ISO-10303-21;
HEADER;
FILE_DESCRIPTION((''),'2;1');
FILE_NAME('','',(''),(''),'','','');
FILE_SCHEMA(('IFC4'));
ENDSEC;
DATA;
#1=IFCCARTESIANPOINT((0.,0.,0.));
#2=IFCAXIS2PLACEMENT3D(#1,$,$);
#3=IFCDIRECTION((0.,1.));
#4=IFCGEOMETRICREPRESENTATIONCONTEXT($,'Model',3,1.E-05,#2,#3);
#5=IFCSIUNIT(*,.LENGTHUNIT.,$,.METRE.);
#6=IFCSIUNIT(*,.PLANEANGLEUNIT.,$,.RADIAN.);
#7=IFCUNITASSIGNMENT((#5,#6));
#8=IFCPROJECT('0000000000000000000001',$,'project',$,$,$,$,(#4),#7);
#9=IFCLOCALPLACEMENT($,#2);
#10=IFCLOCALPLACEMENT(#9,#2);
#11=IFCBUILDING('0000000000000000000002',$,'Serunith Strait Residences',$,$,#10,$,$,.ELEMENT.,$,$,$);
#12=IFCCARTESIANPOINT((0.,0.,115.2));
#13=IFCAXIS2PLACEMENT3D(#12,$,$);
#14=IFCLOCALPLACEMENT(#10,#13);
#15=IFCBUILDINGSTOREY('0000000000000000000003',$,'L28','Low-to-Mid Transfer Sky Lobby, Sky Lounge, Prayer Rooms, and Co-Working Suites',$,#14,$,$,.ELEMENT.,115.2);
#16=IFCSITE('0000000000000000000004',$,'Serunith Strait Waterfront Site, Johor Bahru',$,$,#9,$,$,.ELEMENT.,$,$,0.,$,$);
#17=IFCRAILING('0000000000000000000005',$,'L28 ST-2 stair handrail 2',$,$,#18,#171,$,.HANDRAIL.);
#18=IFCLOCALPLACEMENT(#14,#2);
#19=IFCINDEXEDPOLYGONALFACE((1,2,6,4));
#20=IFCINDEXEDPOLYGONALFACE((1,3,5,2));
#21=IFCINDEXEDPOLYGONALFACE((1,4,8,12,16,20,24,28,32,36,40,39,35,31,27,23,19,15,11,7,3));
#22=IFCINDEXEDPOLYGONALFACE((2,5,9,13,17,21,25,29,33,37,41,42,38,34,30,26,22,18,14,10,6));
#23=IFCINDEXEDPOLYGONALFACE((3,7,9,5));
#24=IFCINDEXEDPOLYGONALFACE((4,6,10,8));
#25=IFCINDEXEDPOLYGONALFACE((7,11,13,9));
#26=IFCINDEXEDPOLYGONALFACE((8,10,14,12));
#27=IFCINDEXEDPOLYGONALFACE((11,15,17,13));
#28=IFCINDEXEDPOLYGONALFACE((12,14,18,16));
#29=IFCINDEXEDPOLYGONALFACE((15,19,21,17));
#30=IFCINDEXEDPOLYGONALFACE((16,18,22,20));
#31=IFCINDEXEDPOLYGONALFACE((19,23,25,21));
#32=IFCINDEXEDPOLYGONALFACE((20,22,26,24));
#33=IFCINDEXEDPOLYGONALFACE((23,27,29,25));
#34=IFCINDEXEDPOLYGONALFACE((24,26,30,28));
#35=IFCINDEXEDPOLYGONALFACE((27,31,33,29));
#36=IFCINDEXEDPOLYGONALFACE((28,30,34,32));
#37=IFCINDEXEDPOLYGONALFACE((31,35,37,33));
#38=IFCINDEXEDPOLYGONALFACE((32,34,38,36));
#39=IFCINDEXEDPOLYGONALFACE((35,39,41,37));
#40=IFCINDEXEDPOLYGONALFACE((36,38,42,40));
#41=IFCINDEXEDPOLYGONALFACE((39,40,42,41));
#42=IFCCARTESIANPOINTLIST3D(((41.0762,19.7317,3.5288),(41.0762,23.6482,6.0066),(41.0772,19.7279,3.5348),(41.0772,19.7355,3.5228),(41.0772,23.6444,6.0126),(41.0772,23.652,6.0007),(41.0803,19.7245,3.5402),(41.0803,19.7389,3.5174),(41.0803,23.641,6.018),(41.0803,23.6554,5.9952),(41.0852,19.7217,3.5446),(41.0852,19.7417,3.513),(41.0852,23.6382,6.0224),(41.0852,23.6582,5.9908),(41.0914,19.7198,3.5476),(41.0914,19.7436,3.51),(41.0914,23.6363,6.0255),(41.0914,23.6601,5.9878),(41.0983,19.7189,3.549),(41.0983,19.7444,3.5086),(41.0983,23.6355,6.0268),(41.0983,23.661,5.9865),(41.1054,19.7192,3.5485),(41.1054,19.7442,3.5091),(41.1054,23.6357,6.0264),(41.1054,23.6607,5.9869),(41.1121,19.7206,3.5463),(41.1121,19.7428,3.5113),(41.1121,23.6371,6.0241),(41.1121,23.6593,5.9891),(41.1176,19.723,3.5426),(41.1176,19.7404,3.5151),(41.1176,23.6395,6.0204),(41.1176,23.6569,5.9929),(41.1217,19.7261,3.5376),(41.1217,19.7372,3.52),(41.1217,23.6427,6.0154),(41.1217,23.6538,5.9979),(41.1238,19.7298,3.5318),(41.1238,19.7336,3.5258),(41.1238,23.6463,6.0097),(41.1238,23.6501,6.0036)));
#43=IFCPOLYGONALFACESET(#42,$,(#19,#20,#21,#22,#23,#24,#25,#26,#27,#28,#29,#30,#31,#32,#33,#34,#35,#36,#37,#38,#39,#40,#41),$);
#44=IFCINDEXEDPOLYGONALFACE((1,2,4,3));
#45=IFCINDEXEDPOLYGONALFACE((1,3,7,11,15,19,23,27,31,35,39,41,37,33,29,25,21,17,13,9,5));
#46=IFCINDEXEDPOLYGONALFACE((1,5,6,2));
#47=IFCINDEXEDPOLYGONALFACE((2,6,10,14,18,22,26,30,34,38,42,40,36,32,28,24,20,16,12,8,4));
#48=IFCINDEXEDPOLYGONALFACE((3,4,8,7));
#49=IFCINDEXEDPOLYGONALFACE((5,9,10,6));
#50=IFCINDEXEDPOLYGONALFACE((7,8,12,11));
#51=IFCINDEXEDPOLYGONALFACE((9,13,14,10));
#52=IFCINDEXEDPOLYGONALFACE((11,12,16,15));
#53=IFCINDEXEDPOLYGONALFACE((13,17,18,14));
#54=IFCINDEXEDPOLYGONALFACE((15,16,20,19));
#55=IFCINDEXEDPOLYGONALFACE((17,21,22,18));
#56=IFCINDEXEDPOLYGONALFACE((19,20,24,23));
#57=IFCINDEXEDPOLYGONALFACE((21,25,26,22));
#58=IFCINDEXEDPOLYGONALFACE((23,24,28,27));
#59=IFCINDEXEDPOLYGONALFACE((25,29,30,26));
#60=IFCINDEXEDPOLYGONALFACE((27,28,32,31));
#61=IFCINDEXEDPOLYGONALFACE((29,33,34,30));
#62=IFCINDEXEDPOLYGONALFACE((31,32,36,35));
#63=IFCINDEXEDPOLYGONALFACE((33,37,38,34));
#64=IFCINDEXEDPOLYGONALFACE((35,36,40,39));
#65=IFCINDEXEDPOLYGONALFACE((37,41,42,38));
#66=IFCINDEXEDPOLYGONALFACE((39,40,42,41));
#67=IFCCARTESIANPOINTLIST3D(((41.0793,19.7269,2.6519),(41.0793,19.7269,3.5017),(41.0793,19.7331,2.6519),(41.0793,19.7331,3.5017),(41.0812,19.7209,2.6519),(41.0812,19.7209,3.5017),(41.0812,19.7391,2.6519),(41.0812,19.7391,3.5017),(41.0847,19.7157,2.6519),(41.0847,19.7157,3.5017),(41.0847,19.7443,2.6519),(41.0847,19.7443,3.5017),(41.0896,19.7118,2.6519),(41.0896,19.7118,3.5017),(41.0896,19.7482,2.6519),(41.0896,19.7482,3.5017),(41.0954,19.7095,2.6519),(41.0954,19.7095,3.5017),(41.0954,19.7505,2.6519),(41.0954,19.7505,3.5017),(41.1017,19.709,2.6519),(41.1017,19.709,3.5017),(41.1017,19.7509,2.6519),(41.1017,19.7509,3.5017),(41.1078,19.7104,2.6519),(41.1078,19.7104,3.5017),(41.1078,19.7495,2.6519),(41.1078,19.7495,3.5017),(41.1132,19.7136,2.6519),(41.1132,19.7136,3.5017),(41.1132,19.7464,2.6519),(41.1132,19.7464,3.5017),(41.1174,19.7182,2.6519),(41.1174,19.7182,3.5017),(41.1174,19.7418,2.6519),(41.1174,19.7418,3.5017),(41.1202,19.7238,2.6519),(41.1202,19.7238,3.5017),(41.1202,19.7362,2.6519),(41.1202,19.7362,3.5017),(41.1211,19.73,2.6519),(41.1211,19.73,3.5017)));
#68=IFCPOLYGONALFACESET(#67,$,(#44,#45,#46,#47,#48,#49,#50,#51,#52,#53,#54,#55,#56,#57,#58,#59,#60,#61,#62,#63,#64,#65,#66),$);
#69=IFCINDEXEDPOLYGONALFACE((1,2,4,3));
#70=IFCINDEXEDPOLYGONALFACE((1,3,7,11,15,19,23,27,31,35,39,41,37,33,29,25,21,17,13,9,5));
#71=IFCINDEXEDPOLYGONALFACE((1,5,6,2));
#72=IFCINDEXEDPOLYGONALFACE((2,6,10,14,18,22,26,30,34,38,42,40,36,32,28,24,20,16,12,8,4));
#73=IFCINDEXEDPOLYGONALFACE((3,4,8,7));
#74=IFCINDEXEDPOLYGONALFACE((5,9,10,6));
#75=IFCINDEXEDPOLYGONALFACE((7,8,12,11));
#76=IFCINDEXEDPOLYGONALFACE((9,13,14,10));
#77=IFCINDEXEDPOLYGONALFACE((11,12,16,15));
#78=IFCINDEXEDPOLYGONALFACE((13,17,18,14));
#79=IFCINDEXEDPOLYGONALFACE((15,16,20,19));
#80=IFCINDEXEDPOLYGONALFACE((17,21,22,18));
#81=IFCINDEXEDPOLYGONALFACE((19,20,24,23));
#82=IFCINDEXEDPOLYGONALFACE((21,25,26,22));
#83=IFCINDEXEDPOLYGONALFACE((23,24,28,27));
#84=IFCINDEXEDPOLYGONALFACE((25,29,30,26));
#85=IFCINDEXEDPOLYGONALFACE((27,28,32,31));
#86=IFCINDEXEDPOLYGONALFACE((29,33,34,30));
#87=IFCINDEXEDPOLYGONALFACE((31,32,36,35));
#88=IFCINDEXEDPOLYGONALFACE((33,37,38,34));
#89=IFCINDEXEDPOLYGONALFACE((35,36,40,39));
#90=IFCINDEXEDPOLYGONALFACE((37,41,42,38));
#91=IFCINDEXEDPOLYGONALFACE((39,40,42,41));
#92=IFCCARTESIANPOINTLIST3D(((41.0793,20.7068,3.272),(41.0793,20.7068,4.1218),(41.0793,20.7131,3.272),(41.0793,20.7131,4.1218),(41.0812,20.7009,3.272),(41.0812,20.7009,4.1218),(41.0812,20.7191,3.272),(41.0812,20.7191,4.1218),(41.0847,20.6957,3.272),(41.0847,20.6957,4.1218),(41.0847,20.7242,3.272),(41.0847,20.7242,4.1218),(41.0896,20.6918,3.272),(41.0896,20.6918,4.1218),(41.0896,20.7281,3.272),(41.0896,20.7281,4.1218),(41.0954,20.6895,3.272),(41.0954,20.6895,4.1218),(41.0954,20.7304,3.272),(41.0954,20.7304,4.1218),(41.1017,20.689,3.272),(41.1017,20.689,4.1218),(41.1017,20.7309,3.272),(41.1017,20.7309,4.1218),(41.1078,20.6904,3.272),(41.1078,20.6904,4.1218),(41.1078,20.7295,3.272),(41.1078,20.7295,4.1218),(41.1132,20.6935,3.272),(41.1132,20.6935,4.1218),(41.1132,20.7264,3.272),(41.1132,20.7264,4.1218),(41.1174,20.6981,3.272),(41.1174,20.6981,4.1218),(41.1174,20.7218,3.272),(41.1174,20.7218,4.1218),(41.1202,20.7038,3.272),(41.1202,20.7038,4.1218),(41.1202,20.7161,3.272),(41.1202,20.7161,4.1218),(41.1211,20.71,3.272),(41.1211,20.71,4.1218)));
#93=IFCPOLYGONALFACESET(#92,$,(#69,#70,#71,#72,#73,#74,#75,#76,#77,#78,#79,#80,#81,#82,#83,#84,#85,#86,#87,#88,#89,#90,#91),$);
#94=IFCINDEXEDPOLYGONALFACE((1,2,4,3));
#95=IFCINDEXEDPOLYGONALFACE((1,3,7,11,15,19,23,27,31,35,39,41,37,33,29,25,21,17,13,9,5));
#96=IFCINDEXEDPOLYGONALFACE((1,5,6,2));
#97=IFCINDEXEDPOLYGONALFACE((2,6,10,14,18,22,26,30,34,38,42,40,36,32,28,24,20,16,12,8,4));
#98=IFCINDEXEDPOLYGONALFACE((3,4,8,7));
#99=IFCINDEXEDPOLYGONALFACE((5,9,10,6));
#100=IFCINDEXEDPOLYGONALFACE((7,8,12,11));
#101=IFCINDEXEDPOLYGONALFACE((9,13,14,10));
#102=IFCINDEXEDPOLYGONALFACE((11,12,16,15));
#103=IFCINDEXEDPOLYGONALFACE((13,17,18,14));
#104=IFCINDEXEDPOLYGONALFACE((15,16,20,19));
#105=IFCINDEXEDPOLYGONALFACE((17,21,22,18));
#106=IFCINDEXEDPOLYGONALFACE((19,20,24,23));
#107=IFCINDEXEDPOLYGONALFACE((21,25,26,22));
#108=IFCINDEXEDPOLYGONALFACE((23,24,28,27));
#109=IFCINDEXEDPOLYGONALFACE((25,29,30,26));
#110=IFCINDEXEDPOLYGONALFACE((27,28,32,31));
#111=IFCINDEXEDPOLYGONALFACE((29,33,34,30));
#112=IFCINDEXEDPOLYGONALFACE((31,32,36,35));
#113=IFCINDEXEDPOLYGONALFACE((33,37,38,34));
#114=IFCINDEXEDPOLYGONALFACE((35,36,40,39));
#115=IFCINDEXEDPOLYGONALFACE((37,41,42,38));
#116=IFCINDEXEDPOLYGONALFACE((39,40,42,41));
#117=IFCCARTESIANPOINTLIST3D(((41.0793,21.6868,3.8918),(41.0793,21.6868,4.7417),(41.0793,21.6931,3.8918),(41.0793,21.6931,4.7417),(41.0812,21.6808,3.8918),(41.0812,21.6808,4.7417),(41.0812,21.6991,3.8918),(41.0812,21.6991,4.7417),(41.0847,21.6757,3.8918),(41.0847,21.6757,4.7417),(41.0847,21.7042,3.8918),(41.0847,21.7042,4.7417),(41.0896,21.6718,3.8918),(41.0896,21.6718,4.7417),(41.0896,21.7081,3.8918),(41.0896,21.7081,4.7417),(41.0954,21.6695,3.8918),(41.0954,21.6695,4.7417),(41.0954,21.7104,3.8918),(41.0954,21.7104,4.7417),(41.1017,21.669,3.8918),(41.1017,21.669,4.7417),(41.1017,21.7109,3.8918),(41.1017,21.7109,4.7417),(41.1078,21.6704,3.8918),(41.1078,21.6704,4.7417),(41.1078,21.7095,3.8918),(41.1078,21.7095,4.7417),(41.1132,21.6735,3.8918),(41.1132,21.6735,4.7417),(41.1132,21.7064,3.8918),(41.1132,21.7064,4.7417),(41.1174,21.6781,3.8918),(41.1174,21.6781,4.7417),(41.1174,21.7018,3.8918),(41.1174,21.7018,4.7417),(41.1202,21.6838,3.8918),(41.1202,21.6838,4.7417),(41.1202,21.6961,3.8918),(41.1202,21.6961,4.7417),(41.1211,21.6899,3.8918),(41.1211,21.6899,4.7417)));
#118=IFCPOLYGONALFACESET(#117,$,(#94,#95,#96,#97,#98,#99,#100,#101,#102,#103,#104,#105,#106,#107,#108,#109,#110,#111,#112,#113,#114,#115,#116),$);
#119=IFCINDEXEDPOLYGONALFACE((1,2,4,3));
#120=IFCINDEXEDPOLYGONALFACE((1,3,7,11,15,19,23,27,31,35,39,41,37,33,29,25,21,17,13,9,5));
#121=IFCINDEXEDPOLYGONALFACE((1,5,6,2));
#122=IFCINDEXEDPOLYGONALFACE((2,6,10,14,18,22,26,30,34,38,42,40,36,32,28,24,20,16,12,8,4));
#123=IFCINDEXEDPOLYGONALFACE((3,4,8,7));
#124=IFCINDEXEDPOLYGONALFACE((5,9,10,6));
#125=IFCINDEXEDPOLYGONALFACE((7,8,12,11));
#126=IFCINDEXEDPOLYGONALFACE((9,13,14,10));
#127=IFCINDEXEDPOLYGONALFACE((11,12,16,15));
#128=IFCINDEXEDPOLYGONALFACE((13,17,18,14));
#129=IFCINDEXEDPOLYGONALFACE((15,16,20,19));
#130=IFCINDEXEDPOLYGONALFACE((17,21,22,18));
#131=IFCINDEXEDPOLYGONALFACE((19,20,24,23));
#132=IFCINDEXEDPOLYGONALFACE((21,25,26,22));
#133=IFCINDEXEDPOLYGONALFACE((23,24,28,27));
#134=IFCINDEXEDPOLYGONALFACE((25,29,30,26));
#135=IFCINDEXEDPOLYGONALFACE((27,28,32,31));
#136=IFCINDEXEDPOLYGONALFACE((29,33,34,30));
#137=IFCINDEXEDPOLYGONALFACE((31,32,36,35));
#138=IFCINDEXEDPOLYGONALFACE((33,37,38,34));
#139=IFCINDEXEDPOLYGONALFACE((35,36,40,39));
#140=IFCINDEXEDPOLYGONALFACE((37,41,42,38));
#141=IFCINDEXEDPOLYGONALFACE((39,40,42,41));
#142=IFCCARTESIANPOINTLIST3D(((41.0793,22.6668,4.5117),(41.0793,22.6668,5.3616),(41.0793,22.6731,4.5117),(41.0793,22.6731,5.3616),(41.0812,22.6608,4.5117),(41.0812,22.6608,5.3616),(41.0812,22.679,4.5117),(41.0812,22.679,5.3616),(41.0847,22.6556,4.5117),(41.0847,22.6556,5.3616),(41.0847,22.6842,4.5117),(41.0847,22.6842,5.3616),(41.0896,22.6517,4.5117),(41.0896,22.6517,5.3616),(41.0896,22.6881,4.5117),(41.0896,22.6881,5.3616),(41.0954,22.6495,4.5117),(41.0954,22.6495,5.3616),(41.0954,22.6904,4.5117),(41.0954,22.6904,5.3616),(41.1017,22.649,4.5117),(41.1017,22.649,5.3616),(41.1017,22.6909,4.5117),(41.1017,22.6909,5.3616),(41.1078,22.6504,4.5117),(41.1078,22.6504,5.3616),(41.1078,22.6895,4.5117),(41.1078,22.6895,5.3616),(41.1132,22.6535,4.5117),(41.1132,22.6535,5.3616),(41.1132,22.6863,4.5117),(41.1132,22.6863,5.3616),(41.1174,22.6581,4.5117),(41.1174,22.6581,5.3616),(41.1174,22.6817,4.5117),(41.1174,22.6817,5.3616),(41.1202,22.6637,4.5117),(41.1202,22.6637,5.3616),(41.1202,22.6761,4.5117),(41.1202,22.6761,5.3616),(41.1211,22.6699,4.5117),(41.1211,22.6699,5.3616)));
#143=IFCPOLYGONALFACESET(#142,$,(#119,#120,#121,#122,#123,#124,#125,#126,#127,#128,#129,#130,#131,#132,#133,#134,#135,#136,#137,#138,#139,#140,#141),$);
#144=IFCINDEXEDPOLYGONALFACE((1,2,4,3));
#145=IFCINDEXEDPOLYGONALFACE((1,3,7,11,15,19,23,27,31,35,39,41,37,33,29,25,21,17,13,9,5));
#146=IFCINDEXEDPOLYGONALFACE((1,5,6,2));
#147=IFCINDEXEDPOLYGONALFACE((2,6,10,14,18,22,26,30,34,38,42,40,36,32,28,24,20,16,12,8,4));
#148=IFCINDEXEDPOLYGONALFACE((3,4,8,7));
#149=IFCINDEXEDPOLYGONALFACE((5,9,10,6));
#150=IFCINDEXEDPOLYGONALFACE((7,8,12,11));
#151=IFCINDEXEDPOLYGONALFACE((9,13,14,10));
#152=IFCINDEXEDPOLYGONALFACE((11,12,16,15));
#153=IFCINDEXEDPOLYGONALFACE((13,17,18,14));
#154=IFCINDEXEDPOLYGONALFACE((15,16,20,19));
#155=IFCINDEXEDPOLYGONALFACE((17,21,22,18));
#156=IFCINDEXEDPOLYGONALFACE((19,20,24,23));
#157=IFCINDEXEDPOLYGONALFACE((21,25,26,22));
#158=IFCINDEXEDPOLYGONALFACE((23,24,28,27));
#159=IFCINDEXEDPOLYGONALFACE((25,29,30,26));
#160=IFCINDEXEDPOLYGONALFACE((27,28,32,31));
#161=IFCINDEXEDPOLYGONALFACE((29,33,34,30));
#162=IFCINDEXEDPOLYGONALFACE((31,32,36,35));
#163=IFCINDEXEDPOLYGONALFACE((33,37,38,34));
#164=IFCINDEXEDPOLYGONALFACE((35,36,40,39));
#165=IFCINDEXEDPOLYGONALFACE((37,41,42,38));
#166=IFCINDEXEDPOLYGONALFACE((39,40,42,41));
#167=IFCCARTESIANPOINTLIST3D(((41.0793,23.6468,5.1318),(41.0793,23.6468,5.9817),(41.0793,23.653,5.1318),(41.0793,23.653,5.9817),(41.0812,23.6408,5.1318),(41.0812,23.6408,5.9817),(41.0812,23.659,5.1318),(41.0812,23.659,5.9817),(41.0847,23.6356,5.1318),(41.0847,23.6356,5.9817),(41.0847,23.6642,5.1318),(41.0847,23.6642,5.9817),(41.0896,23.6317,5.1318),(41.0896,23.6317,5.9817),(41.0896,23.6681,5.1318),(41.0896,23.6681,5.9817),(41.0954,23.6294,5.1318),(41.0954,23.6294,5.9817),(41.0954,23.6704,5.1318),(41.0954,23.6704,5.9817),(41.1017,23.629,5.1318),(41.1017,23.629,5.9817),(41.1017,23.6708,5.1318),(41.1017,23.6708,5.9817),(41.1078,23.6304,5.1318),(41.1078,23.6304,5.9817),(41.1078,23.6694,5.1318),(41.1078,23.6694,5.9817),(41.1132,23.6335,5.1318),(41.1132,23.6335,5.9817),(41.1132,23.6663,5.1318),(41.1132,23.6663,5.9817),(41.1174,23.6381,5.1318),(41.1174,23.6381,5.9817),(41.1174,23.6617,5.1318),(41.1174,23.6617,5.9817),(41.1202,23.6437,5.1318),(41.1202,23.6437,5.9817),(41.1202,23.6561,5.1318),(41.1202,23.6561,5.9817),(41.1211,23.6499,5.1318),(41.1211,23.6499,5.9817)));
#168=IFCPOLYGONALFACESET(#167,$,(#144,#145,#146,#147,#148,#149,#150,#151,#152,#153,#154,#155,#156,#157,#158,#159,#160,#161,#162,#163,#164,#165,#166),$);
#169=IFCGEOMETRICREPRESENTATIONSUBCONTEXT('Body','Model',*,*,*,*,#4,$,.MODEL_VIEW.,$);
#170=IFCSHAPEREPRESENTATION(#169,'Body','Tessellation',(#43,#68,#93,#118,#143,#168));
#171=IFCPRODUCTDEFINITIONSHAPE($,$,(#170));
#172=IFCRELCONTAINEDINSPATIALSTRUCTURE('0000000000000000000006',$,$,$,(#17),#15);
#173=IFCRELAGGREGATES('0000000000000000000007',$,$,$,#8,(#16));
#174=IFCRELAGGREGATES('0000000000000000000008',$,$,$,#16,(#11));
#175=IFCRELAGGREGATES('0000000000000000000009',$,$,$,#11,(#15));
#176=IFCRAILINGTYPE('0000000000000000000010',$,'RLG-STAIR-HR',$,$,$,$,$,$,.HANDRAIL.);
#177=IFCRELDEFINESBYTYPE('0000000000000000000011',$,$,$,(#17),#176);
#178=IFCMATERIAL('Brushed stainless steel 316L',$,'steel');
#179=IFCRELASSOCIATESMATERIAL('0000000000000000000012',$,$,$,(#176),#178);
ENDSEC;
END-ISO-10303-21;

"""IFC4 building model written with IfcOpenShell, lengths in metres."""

from ifc_helpers import new_model, si_unit, direction, frame, origin, origin_2d, place, context, subcontext, project, spatial, circle, extrude, material, type_object, element, save


model = new_model("IFC4")

# Units and contexts
model_context = context("Model", 3, precision=1e-05, world=origin(), true_north=direction((0.0, 1.0)))
body_context = subcontext(model_context, "Body", "Model", "MODEL_VIEW")
ifc_project = project(units=[si_unit("LENGTHUNIT", "METRE"), si_unit("PLANEANGLEUNIT", "RADIAN")], contexts=[model_context])

# Site, building, storey
site_placement = place(None, origin())
site = spatial("IfcSite", under=ifc_project, at=site_placement, Name="Serunith Strait Waterfront Site, Johor Bahru", CompositionType="ELEMENT", RefElevation=0.0)
building_placement = place(site_placement, origin())
building = spatial("IfcBuilding", under=site, at=building_placement, Name="Serunith Strait Residences", CompositionType="ELEMENT")
storey_placement = place(building_placement, frame((0.0, 0.0, 115.2)))
storey = spatial("IfcBuildingStorey", under=building, at=storey_placement, Name="L28", Description="Low-to-Mid Transfer Sky Lobby, Sky Lounge, Prayer Rooms, and Co-Working Suites", CompositionType="ELEMENT", Elevation=115.2)

# Railing
ifc_material_1 = material(Name="Brushed stainless steel 316L", Category="steel")
railing_type_1 = type_object("IfcRailingType", Name="RLG-STAIR-HR", PredefinedType="HANDRAIL", material=ifc_material_1)
railing_1_placement = place(storey_placement, frame((41.1001, 19.73, 2.6519)))
element("IfcRailing", 1, at=railing_1_placement, inside=storey, type_object=railing_type_1, Name="L28 ST-2 stair handrail 2", PredefinedType="HANDRAIL", context=body_context, shape_type="SweptSolid", body=[
    extrude(circle(Radius=0.0239, at=origin_2d()), frame((0.0, 0.0017, 0.877), z_axis=(0.0, 0.845076, 0.534646), x_axis=(-1.0, 0.0, 0.0)), (0.0, 0.0, 1.0), 4.6345),
    extrude(circle(Radius=0.021, at=origin_2d()), origin(), (0.0, 0.0, 1.0), 0.8499),
    extrude(circle(Radius=0.021, at=origin_2d()), frame((0.0, 0.98, 0.6201)), (0.0, 0.0, 1.0), 0.8499),
    extrude(circle(Radius=0.021, at=origin_2d()), frame((0.0, 1.96, 1.24)), (0.0, 0.0, 1.0), 0.8499),
    extrude(circle(Radius=0.021, at=origin_2d()), frame((0.0, 2.9399, 1.8599)), (0.0, 0.0, 1.0), 0.8499),
    extrude(circle(Radius=0.021, at=origin_2d()), frame((0.0, 3.9199, 2.48)), (0.0, 0.0, 1.0), 0.8499),
])

save(model, "model.ifc")
